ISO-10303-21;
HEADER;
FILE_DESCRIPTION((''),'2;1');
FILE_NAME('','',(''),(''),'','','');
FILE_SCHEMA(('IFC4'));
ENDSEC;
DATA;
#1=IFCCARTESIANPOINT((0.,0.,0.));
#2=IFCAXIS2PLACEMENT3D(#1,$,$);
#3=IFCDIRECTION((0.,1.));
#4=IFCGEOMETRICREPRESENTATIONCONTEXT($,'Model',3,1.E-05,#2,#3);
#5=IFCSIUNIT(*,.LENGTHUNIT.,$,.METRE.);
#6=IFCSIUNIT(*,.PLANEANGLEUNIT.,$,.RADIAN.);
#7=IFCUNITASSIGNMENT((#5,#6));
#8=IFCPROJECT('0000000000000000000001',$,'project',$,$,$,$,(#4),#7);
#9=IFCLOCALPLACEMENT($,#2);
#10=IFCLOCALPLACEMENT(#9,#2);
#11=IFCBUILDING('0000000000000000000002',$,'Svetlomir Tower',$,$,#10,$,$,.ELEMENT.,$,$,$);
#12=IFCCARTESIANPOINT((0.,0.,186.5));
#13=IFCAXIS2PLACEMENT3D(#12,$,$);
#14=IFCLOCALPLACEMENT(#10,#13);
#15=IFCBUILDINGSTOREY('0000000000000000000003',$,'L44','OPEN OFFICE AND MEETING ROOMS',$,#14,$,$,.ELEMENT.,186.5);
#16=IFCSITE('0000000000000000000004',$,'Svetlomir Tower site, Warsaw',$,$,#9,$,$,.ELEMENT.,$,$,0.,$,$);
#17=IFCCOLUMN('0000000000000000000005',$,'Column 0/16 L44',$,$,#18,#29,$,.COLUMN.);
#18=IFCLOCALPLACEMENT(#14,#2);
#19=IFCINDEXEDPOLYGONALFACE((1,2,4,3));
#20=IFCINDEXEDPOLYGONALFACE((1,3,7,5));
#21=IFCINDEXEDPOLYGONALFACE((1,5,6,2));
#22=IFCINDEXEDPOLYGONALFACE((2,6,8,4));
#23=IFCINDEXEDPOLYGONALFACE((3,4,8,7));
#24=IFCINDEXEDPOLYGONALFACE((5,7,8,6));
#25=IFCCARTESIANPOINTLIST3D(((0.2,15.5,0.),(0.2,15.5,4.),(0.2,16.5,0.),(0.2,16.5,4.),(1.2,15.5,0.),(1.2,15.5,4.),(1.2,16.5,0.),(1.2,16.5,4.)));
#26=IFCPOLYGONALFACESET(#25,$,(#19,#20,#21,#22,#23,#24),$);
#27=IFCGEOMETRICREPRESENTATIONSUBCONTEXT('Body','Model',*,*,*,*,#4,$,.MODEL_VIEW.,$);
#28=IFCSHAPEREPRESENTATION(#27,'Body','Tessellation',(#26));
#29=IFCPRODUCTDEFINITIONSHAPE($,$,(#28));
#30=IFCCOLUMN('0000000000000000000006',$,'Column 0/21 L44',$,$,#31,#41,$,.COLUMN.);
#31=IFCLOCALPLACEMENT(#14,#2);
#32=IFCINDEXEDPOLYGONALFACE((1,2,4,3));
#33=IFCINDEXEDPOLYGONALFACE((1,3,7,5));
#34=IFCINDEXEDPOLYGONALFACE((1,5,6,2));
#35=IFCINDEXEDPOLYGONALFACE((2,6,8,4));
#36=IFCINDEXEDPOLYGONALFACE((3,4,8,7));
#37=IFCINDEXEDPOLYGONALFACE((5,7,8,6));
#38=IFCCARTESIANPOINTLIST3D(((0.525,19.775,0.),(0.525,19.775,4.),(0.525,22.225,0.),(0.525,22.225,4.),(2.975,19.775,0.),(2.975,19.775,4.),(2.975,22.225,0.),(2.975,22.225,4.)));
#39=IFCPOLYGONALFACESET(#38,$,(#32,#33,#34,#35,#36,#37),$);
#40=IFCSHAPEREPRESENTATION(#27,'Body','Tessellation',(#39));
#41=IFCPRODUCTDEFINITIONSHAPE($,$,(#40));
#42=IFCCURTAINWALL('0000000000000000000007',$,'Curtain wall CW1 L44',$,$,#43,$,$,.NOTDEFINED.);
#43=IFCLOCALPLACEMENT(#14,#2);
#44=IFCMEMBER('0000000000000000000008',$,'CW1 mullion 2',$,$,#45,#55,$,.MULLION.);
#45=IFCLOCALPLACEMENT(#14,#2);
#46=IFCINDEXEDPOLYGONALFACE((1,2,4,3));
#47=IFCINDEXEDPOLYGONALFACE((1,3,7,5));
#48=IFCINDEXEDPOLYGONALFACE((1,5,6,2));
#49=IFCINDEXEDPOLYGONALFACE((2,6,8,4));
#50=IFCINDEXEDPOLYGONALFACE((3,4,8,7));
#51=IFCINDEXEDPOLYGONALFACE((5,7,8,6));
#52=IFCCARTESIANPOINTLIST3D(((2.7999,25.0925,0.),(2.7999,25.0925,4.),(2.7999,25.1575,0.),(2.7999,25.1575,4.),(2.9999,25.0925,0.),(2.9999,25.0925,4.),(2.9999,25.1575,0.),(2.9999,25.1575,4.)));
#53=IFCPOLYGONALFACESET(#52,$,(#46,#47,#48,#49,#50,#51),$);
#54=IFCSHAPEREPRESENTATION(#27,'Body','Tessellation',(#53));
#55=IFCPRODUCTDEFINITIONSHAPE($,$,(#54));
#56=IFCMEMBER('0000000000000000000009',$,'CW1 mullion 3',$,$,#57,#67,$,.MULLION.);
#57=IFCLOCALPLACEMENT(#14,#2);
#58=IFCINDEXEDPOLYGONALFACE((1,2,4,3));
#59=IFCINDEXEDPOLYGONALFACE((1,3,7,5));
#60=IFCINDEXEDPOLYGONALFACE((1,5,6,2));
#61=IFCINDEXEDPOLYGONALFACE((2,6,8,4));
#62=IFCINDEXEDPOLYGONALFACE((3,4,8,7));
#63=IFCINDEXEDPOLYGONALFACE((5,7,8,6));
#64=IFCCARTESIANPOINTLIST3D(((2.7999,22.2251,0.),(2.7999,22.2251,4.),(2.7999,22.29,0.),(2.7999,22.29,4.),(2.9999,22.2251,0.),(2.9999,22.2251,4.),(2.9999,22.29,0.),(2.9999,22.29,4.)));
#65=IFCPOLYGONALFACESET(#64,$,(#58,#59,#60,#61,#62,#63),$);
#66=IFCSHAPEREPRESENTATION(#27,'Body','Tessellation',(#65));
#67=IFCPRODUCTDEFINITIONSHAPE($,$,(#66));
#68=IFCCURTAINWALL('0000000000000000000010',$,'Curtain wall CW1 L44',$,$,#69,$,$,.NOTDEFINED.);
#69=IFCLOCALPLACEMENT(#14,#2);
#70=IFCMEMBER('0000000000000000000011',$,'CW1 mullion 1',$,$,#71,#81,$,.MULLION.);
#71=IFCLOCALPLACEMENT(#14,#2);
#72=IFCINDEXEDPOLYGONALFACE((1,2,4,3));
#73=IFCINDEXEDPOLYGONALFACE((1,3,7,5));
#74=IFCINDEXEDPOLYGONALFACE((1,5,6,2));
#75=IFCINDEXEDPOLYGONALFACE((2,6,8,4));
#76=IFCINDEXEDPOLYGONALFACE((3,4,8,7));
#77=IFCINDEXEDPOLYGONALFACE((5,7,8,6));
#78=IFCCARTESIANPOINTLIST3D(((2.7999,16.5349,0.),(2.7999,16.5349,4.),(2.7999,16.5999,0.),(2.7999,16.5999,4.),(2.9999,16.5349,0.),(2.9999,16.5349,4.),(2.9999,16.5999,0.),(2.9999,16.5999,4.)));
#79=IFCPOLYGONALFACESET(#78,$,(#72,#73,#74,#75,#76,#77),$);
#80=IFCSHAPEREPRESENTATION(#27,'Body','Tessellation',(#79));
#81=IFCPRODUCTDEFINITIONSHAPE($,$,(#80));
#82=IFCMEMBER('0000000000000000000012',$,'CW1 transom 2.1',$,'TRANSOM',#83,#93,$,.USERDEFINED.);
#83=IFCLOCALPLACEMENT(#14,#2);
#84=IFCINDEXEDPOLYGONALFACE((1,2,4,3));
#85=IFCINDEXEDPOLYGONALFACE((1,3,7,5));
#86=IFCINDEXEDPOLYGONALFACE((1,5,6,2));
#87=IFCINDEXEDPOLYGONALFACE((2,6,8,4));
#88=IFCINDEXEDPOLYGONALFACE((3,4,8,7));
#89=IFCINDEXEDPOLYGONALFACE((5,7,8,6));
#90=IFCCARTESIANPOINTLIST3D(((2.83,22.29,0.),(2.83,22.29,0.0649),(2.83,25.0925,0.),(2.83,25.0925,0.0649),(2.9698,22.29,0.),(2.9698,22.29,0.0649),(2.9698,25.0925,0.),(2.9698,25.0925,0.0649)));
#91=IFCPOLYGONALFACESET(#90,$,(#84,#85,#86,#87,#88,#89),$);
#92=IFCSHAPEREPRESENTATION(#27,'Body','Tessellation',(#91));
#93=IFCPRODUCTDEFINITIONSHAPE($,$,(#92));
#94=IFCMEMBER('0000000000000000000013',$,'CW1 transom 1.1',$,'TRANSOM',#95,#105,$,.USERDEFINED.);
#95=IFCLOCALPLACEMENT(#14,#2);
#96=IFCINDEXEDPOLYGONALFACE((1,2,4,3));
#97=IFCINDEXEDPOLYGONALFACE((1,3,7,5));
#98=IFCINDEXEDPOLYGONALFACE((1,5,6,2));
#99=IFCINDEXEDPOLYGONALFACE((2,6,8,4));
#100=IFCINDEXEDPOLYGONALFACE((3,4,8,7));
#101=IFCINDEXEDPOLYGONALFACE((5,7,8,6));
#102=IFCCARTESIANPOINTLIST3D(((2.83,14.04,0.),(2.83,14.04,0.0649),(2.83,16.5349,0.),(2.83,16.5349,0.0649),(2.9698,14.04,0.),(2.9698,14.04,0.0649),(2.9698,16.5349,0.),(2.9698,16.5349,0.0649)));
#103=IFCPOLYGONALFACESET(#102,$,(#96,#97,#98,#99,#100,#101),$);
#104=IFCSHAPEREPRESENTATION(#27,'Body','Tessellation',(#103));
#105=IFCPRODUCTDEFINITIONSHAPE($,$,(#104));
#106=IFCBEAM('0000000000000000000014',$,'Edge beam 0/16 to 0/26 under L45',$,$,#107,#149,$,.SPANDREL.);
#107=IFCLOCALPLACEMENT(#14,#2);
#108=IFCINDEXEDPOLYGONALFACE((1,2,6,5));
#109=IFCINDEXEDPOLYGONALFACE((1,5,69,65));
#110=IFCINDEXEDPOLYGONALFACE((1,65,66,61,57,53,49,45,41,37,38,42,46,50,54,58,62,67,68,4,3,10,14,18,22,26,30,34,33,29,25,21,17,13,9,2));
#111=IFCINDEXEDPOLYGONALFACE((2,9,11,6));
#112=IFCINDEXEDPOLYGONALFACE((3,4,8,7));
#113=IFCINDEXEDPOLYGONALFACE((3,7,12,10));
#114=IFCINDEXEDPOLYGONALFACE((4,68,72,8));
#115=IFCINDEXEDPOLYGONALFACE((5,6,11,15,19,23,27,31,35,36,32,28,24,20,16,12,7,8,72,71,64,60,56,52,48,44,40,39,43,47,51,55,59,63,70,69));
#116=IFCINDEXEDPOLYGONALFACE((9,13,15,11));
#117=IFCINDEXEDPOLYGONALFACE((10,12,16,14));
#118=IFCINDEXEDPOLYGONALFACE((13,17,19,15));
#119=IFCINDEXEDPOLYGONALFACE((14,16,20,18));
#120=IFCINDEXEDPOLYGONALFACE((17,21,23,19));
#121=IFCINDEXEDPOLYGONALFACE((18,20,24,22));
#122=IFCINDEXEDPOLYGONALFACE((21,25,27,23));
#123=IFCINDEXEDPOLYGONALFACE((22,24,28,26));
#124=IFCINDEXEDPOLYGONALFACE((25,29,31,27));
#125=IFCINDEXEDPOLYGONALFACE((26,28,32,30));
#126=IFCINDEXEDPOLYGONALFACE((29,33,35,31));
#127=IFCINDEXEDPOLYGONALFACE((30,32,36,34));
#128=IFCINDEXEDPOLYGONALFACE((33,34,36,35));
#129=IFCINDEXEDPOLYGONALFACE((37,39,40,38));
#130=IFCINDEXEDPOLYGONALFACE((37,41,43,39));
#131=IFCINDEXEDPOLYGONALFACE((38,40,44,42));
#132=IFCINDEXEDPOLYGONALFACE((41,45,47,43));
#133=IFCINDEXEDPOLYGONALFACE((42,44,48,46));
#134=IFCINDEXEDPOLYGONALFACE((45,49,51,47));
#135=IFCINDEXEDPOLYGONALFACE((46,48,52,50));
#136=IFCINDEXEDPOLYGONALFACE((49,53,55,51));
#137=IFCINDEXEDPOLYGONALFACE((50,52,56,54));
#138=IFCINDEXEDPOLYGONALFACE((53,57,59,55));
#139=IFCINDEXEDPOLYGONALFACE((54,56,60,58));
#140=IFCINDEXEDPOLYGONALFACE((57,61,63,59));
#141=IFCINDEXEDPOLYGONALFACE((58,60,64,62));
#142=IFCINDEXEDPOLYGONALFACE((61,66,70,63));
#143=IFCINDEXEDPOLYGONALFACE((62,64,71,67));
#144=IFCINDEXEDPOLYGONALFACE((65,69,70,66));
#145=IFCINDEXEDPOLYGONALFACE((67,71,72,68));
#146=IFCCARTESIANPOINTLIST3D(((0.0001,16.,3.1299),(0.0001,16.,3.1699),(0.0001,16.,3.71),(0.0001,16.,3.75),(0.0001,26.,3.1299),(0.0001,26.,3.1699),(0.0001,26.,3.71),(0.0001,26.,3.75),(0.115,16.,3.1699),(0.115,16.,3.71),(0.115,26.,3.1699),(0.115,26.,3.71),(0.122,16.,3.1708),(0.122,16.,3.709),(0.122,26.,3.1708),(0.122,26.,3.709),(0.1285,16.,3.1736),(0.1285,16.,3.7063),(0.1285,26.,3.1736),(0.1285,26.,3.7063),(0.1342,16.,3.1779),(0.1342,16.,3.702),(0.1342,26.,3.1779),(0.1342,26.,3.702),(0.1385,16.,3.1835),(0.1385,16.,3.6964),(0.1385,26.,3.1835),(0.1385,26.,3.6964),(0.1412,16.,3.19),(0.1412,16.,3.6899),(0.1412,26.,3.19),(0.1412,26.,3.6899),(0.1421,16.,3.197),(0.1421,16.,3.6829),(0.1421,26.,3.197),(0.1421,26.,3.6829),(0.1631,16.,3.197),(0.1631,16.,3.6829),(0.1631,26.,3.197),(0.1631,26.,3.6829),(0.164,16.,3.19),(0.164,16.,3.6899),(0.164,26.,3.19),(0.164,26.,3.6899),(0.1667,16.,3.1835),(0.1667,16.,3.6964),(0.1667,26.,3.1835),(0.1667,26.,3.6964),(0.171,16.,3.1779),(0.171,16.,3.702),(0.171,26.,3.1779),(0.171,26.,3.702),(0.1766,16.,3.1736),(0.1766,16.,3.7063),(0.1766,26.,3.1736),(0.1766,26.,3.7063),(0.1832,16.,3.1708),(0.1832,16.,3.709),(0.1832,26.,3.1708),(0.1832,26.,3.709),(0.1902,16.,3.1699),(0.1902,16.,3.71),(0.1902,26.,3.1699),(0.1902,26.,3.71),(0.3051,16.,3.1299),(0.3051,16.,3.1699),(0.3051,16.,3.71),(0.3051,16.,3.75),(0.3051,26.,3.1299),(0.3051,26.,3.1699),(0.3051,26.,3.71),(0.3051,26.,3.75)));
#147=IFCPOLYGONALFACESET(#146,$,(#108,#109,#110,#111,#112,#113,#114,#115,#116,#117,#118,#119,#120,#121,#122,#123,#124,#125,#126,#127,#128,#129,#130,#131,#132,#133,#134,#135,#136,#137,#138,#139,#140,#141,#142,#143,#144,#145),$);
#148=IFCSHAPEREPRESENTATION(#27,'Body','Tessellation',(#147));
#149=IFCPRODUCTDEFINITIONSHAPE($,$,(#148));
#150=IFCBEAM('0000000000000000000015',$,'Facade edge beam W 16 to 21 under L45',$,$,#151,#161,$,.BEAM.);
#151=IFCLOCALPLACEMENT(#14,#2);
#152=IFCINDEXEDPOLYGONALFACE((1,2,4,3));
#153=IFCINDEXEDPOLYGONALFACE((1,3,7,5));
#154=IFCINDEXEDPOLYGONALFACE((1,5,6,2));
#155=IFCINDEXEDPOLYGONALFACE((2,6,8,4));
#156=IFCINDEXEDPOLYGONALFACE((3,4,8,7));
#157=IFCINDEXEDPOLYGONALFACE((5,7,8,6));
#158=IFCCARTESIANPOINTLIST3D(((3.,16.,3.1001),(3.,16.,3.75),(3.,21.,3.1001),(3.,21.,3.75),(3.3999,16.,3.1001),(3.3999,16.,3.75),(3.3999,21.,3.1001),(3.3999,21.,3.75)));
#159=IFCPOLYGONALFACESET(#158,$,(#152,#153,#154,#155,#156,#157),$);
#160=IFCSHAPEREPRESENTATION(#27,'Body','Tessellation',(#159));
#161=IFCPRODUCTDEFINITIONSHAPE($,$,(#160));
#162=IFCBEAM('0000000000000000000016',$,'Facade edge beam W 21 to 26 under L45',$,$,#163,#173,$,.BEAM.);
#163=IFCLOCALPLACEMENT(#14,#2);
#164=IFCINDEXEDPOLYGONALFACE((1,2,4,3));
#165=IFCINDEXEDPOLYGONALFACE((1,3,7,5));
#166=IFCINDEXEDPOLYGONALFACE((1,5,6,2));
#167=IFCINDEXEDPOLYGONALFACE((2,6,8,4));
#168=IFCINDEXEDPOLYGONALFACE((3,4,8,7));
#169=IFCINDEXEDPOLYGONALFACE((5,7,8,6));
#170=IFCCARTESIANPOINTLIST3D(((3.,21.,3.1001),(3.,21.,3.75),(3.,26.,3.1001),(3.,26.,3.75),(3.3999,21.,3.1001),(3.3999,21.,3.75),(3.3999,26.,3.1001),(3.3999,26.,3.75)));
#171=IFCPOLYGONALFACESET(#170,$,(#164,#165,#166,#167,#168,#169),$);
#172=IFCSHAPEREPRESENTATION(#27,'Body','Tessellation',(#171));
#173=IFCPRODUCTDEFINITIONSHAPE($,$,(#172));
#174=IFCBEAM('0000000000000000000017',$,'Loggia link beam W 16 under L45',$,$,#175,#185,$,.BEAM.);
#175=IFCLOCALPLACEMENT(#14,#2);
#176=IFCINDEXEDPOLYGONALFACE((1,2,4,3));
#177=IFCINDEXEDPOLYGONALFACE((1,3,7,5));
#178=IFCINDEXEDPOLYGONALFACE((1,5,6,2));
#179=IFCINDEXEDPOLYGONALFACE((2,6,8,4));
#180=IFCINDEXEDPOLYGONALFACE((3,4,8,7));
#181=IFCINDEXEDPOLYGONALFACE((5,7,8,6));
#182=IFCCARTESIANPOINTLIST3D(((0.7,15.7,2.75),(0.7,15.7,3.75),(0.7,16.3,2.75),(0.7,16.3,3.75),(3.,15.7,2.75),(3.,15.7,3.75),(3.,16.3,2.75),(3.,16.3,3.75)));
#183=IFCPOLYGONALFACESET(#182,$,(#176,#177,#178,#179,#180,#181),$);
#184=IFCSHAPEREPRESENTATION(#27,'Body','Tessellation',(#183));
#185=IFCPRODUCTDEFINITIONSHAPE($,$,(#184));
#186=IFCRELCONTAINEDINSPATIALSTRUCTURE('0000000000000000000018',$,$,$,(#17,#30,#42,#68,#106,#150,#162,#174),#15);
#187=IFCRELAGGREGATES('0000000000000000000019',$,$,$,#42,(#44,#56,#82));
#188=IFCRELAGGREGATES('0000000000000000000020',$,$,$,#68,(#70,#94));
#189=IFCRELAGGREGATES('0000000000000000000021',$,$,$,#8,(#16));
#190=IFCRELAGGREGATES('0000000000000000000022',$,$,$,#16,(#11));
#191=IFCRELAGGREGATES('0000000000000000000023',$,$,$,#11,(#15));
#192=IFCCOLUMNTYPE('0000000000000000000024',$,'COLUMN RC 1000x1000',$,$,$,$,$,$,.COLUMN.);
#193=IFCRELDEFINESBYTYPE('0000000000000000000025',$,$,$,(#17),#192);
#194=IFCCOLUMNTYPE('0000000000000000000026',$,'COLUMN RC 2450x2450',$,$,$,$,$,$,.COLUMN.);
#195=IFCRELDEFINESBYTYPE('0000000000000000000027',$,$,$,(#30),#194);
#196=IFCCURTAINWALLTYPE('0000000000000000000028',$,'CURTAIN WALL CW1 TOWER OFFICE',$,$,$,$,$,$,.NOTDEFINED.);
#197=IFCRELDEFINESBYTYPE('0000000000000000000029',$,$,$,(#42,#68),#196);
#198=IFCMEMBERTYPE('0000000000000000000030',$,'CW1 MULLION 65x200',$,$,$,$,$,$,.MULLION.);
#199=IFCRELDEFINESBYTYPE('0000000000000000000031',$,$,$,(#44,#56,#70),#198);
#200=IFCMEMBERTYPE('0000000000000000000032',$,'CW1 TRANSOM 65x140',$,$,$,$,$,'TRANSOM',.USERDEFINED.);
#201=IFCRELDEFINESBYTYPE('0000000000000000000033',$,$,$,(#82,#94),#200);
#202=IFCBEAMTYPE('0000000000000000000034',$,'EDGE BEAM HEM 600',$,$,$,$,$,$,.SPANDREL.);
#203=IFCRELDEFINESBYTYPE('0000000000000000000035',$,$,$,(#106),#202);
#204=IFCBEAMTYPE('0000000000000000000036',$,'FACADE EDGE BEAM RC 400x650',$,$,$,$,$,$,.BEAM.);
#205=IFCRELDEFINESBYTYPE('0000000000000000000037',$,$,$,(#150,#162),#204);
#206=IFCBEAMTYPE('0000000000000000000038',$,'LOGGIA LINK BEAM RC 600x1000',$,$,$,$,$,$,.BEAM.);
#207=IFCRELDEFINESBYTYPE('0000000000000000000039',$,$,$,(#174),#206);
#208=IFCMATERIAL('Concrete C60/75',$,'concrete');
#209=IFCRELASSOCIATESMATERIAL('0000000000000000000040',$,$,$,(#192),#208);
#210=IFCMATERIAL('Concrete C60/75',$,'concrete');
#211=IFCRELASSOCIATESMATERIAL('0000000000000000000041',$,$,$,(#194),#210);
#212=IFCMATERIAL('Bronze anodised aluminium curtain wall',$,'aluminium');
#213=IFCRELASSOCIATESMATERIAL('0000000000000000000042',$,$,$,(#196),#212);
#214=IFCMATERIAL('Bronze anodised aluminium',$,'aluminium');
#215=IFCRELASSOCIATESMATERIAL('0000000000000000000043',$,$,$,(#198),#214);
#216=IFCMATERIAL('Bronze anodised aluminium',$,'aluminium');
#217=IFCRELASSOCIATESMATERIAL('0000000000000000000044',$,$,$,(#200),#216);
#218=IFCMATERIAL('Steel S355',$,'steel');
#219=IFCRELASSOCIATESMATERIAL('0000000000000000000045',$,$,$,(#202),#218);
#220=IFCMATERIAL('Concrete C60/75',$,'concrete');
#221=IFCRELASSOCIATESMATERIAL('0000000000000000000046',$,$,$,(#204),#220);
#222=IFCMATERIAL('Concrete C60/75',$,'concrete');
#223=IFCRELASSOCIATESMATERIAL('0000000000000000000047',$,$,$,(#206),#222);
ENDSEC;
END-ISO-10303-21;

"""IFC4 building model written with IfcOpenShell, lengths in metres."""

from ifc_helpers import new_model, si_unit, direction, frame, origin, origin_2d, place, context, subcontext, project, spatial, rectangle, i_section, extrude, material, material_profile, profile_set, type_object, element, aggregate, save


model = new_model("IFC4")

# Units and contexts
model_context = context("Model", 3, precision=1e-05, world=origin(), true_north=direction((0.0, 1.0)))
body_context = subcontext(model_context, "Body", "Model", "MODEL_VIEW")
ifc_project = project(units=[si_unit("LENGTHUNIT", "METRE"), si_unit("PLANEANGLEUNIT", "RADIAN")], contexts=[model_context])

# Site, building, storey
site_placement = place(None, origin())
site = spatial("IfcSite", under=ifc_project, at=site_placement, Name="Svetlomir Tower site, Warsaw", CompositionType="ELEMENT", RefElevation=0.0)
building_placement = place(site_placement, origin())
building = spatial("IfcBuilding", under=site, at=building_placement, Name="Svetlomir Tower", CompositionType="ELEMENT")
storey_placement = place(building_placement, frame((0.0, 0.0, 186.5)))
storey = spatial("IfcBuildingStorey", under=building, at=storey_placement, Name="L44", Description="OPEN OFFICE AND MEETING ROOMS", CompositionType="ELEMENT", Elevation=186.5)

# Columns
ifc_material_1 = material(Name="Concrete C60/75", Category="concrete")
ifc_material_profile_1 = material_profile(ifc_material_1, rectangle(XDim=1.0, YDim=1.0, at=origin_2d()), Name="RC 1000x1000")
ifc_profile_set_1 = profile_set([ifc_material_profile_1], Name="Concrete C60/75")
column_type_1 = type_object("IfcColumnType", Name="COLUMN RC 1000x1000", PredefinedType="COLUMN", material=ifc_profile_set_1)
column_1_placement = place(storey_placement, frame((0.7, 16.0, 0.0), z_axis=(0.0, 0.0, 1.0), x_axis=(1.0, 0.0, 0.0)))
element("IfcColumn", 1, at=column_1_placement, inside=storey, type_object=column_type_1, Name="Column 0/16 L44", PredefinedType="COLUMN", context=body_context, shape_type="SweptSolid", body=[
    extrude(rectangle(XDim=1.0, YDim=1.0, at=origin_2d()), origin(), (0.0, 0.0, 1.0), 4.0),
])
ifc_material_2 = material(Name="Concrete C60/75", Category="concrete")
ifc_material_profile_2 = material_profile(ifc_material_2, rectangle(XDim=2.45, YDim=2.45, at=origin_2d()), Name="RC 2450x2450")
ifc_profile_set_2 = profile_set([ifc_material_profile_2], Name="Concrete C60/75")
column_type_2 = type_object("IfcColumnType", Name="COLUMN RC 2450x2450", PredefinedType="COLUMN", material=ifc_profile_set_2)
column_2_placement = place(storey_placement, frame((1.75, 21.0, 0.0), z_axis=(0.0, 0.0, 1.0), x_axis=(1.0, 0.0, 0.0)))
element("IfcColumn", 2, at=column_2_placement, inside=storey, type_object=column_type_2, Name="Column 0/21 L44", PredefinedType="COLUMN", context=body_context, shape_type="SweptSolid", body=[
    extrude(rectangle(XDim=2.45, YDim=2.45, at=origin_2d()), origin(), (0.0, 0.0, 1.0), 4.0),
])

# Curtain wall, members
ifc_material_3 = material(Name="Bronze anodised aluminium curtain wall", Category="aluminium")
curtain_wall_type = type_object("IfcCurtainWallType", Name="CURTAIN WALL CW1 TOWER OFFICE", PredefinedType="NOTDEFINED", material=ifc_material_3)
curtain_wall_1_placement = place(storey_placement, origin())
curtain_wall_1 = element("IfcCurtainWall", 3, at=curtain_wall_1_placement, inside=storey, type_object=curtain_wall_type, Name="Curtain wall CW1 L44", PredefinedType="NOTDEFINED")
ifc_material_4 = material(Name="Bronze anodised aluminium", Category="aluminium")
ifc_material_profile_3 = material_profile(ifc_material_4, rectangle(XDim=0.0649, YDim=0.2, at=origin_2d()), Name="AL 65x200")
ifc_profile_set_3 = profile_set([ifc_material_profile_3], Name="Bronze anodised aluminium 6063-T6")
member_type_1 = type_object("IfcMemberType", Name="CW1 MULLION 65x200", PredefinedType="MULLION", material=ifc_profile_set_3)
member_1_placement = place(storey_placement, frame((2.8999, 25.125, 0.0), z_axis=(0.0, 0.0, 1.0), x_axis=(0.0, -1.0, 0.0)))
member_1 = element("IfcMember", 4, at=member_1_placement, type_object=member_type_1, Name="CW1 mullion 2", PredefinedType="MULLION", context=body_context, shape_type="SweptSolid", body=[
    extrude(rectangle(XDim=0.0649, YDim=0.2, at=origin_2d()), origin(), (0.0, 0.0, 1.0), 4.0),
])
member_2_placement = place(storey_placement, frame((2.8999, 22.2576, 0.0), z_axis=(0.0, 0.0, 1.0), x_axis=(0.0, -1.0, 0.0)))
member_2 = element("IfcMember", 5, at=member_2_placement, type_object=member_type_1, Name="CW1 mullion 3", PredefinedType="MULLION", context=body_context, shape_type="SweptSolid", body=[
    extrude(rectangle(XDim=0.0649, YDim=0.2, at=origin_2d()), origin(), (0.0, 0.0, 1.0), 4.0),
])

# Curtain wall, member
curtain_wall_2_placement = place(storey_placement, origin())
curtain_wall_2 = element("IfcCurtainWall", 6, at=curtain_wall_2_placement, inside=storey, type_object=curtain_wall_type, Name="Curtain wall CW1 L44", PredefinedType="NOTDEFINED")
member_3_placement = place(storey_placement, frame((2.8999, 16.5674, 0.0), z_axis=(0.0, 0.0, 1.0), x_axis=(0.0, -1.0, 0.0)))
member_3 = element("IfcMember", 7, at=member_3_placement, type_object=member_type_1, Name="CW1 mullion 1", PredefinedType="MULLION", context=body_context, shape_type="SweptSolid", body=[
    extrude(rectangle(XDim=0.0649, YDim=0.2, at=origin_2d()), origin(), (0.0, 0.0, 1.0), 4.0),
])

# Members
ifc_material_5 = material(Name="Bronze anodised aluminium", Category="aluminium")
ifc_material_profile_4 = material_profile(ifc_material_5, rectangle(XDim=0.1399, YDim=0.0649, at=origin_2d()), Name="AL 140x65")
ifc_profile_set_4 = profile_set([ifc_material_profile_4], Name="Bronze anodised aluminium 6063-T6")
member_type_2 = type_object("IfcMemberType", Name="CW1 TRANSOM 65x140", ElementType="TRANSOM", PredefinedType="USERDEFINED", material=ifc_profile_set_4)
member_4_placement = place(storey_placement, frame((2.8999, 25.0925, 0.0325), z_axis=(0.0, -1.0, 0.0), x_axis=(1.0, 0.0, 0.0)))
member_4 = element("IfcMember", 8, at=member_4_placement, type_object=member_type_2, Name="CW1 transom 2.1", ObjectType="TRANSOM", PredefinedType="USERDEFINED", context=body_context, shape_type="SweptSolid", body=[
    extrude(rectangle(XDim=0.1399, YDim=0.0649, at=origin_2d()), origin(), (0.0, 0.0, 1.0), 2.8025),
])
member_5_placement = place(storey_placement, frame((2.8999, 16.5349, 0.0325), z_axis=(0.0, -1.0, 0.0), x_axis=(1.0, 0.0, 0.0)))
member_5 = element("IfcMember", 9, at=member_5_placement, type_object=member_type_2, Name="CW1 transom 1.1", ObjectType="TRANSOM", PredefinedType="USERDEFINED", context=body_context, shape_type="SweptSolid", body=[
    extrude(rectangle(XDim=0.1399, YDim=0.0649, at=origin_2d()), origin(), (0.0, 0.0, 1.0), 2.4949),
])

# Beams
ifc_material_6 = material(Name="Steel S355", Category="steel")
ifc_material_profile_5 = material_profile(ifc_material_6, i_section(OverallWidth=0.3049, OverallDepth=0.6201, WebThickness=0.021, FlangeThickness=0.04, FilletRadius=0.0271, at=origin_2d()), Name="HEM 600")
ifc_profile_set_5 = profile_set([ifc_material_profile_5], Name="Steel S355")
beam_type_1 = type_object("IfcBeamType", Name="EDGE BEAM HEM 600", PredefinedType="SPANDREL", material=ifc_profile_set_5)
beam_1_placement = place(storey_placement, frame((0.1526, 16.0, 3.4399), z_axis=(0.0, 1.0, 0.0), x_axis=(-1.0, 0.0, 0.0)))
element("IfcBeam", 10, at=beam_1_placement, inside=storey, type_object=beam_type_1, Name="Edge beam 0/16 to 0/26 under L45", PredefinedType="SPANDREL", context=body_context, shape_type="SweptSolid", body=[
    extrude(i_section(OverallWidth=0.3049, OverallDepth=0.6201, WebThickness=0.021, FlangeThickness=0.04, FilletRadius=0.0271, at=origin_2d()), origin(), (0.0, 0.0, 1.0), 10.0),
])
ifc_material_7 = material(Name="Concrete C60/75", Category="concrete")
ifc_material_profile_6 = material_profile(ifc_material_7, rectangle(XDim=0.3999, YDim=0.6499, at=origin_2d()), Name="RC 400x650")
ifc_profile_set_6 = profile_set([ifc_material_profile_6], Name="Concrete C60/75")
beam_type_2 = type_object("IfcBeamType", Name="FACADE EDGE BEAM RC 400x650", PredefinedType="BEAM", material=ifc_profile_set_6)
for number, where, z_axis, x_axis, name in (
    (11, (3.2, 16.0, 3.425), (0.0, 1.0, 0.0), (-1.0, 0.0, 0.0), "Facade edge beam W 16 to 21 under L45"),
    (12, (3.2, 21.0, 3.425), (0.0, 1.0, 0.0), (-1.0, 0.0, 0.0), "Facade edge beam W 21 to 26 under L45"),
):
    element("IfcBeam", number, at=place(storey_placement, frame(where, z_axis=z_axis, x_axis=x_axis)), inside=storey, type_object=beam_type_2, Name=name, PredefinedType="BEAM", context=body_context, shape_type="SweptSolid", body=[
        extrude(rectangle(XDim=0.3999, YDim=0.6499, at=origin_2d()), origin(), (0.0, 0.0, 1.0), 5.0),
    ])
ifc_material_8 = material(Name="Concrete C60/75", Category="concrete")
ifc_material_profile_7 = material_profile(ifc_material_8, rectangle(XDim=0.6001, YDim=1.0, at=origin_2d()), Name="RC 600x1000")
ifc_profile_set_7 = profile_set([ifc_material_profile_7], Name="Concrete C60/75")
beam_type_3 = type_object("IfcBeamType", Name="LOGGIA LINK BEAM RC 600x1000", PredefinedType="BEAM", material=ifc_profile_set_7)
beam_2_placement = place(storey_placement, frame((0.7, 16.0, 3.25), z_axis=(1.0, 0.0, 0.0), x_axis=(0.0, 1.0, 0.0)))
element("IfcBeam", 13, at=beam_2_placement, inside=storey, type_object=beam_type_3, Name="Loggia link beam W 16 under L45", PredefinedType="BEAM", context=body_context, shape_type="SweptSolid", body=[
    extrude(rectangle(XDim=0.6001, YDim=1.0, at=origin_2d()), origin(), (0.0, 0.0, 1.0), 2.3),
])

aggregate(curtain_wall_1, [member_1, member_2, member_4])
aggregate(curtain_wall_2, [member_3, member_5])

save(model, "model.ifc")
